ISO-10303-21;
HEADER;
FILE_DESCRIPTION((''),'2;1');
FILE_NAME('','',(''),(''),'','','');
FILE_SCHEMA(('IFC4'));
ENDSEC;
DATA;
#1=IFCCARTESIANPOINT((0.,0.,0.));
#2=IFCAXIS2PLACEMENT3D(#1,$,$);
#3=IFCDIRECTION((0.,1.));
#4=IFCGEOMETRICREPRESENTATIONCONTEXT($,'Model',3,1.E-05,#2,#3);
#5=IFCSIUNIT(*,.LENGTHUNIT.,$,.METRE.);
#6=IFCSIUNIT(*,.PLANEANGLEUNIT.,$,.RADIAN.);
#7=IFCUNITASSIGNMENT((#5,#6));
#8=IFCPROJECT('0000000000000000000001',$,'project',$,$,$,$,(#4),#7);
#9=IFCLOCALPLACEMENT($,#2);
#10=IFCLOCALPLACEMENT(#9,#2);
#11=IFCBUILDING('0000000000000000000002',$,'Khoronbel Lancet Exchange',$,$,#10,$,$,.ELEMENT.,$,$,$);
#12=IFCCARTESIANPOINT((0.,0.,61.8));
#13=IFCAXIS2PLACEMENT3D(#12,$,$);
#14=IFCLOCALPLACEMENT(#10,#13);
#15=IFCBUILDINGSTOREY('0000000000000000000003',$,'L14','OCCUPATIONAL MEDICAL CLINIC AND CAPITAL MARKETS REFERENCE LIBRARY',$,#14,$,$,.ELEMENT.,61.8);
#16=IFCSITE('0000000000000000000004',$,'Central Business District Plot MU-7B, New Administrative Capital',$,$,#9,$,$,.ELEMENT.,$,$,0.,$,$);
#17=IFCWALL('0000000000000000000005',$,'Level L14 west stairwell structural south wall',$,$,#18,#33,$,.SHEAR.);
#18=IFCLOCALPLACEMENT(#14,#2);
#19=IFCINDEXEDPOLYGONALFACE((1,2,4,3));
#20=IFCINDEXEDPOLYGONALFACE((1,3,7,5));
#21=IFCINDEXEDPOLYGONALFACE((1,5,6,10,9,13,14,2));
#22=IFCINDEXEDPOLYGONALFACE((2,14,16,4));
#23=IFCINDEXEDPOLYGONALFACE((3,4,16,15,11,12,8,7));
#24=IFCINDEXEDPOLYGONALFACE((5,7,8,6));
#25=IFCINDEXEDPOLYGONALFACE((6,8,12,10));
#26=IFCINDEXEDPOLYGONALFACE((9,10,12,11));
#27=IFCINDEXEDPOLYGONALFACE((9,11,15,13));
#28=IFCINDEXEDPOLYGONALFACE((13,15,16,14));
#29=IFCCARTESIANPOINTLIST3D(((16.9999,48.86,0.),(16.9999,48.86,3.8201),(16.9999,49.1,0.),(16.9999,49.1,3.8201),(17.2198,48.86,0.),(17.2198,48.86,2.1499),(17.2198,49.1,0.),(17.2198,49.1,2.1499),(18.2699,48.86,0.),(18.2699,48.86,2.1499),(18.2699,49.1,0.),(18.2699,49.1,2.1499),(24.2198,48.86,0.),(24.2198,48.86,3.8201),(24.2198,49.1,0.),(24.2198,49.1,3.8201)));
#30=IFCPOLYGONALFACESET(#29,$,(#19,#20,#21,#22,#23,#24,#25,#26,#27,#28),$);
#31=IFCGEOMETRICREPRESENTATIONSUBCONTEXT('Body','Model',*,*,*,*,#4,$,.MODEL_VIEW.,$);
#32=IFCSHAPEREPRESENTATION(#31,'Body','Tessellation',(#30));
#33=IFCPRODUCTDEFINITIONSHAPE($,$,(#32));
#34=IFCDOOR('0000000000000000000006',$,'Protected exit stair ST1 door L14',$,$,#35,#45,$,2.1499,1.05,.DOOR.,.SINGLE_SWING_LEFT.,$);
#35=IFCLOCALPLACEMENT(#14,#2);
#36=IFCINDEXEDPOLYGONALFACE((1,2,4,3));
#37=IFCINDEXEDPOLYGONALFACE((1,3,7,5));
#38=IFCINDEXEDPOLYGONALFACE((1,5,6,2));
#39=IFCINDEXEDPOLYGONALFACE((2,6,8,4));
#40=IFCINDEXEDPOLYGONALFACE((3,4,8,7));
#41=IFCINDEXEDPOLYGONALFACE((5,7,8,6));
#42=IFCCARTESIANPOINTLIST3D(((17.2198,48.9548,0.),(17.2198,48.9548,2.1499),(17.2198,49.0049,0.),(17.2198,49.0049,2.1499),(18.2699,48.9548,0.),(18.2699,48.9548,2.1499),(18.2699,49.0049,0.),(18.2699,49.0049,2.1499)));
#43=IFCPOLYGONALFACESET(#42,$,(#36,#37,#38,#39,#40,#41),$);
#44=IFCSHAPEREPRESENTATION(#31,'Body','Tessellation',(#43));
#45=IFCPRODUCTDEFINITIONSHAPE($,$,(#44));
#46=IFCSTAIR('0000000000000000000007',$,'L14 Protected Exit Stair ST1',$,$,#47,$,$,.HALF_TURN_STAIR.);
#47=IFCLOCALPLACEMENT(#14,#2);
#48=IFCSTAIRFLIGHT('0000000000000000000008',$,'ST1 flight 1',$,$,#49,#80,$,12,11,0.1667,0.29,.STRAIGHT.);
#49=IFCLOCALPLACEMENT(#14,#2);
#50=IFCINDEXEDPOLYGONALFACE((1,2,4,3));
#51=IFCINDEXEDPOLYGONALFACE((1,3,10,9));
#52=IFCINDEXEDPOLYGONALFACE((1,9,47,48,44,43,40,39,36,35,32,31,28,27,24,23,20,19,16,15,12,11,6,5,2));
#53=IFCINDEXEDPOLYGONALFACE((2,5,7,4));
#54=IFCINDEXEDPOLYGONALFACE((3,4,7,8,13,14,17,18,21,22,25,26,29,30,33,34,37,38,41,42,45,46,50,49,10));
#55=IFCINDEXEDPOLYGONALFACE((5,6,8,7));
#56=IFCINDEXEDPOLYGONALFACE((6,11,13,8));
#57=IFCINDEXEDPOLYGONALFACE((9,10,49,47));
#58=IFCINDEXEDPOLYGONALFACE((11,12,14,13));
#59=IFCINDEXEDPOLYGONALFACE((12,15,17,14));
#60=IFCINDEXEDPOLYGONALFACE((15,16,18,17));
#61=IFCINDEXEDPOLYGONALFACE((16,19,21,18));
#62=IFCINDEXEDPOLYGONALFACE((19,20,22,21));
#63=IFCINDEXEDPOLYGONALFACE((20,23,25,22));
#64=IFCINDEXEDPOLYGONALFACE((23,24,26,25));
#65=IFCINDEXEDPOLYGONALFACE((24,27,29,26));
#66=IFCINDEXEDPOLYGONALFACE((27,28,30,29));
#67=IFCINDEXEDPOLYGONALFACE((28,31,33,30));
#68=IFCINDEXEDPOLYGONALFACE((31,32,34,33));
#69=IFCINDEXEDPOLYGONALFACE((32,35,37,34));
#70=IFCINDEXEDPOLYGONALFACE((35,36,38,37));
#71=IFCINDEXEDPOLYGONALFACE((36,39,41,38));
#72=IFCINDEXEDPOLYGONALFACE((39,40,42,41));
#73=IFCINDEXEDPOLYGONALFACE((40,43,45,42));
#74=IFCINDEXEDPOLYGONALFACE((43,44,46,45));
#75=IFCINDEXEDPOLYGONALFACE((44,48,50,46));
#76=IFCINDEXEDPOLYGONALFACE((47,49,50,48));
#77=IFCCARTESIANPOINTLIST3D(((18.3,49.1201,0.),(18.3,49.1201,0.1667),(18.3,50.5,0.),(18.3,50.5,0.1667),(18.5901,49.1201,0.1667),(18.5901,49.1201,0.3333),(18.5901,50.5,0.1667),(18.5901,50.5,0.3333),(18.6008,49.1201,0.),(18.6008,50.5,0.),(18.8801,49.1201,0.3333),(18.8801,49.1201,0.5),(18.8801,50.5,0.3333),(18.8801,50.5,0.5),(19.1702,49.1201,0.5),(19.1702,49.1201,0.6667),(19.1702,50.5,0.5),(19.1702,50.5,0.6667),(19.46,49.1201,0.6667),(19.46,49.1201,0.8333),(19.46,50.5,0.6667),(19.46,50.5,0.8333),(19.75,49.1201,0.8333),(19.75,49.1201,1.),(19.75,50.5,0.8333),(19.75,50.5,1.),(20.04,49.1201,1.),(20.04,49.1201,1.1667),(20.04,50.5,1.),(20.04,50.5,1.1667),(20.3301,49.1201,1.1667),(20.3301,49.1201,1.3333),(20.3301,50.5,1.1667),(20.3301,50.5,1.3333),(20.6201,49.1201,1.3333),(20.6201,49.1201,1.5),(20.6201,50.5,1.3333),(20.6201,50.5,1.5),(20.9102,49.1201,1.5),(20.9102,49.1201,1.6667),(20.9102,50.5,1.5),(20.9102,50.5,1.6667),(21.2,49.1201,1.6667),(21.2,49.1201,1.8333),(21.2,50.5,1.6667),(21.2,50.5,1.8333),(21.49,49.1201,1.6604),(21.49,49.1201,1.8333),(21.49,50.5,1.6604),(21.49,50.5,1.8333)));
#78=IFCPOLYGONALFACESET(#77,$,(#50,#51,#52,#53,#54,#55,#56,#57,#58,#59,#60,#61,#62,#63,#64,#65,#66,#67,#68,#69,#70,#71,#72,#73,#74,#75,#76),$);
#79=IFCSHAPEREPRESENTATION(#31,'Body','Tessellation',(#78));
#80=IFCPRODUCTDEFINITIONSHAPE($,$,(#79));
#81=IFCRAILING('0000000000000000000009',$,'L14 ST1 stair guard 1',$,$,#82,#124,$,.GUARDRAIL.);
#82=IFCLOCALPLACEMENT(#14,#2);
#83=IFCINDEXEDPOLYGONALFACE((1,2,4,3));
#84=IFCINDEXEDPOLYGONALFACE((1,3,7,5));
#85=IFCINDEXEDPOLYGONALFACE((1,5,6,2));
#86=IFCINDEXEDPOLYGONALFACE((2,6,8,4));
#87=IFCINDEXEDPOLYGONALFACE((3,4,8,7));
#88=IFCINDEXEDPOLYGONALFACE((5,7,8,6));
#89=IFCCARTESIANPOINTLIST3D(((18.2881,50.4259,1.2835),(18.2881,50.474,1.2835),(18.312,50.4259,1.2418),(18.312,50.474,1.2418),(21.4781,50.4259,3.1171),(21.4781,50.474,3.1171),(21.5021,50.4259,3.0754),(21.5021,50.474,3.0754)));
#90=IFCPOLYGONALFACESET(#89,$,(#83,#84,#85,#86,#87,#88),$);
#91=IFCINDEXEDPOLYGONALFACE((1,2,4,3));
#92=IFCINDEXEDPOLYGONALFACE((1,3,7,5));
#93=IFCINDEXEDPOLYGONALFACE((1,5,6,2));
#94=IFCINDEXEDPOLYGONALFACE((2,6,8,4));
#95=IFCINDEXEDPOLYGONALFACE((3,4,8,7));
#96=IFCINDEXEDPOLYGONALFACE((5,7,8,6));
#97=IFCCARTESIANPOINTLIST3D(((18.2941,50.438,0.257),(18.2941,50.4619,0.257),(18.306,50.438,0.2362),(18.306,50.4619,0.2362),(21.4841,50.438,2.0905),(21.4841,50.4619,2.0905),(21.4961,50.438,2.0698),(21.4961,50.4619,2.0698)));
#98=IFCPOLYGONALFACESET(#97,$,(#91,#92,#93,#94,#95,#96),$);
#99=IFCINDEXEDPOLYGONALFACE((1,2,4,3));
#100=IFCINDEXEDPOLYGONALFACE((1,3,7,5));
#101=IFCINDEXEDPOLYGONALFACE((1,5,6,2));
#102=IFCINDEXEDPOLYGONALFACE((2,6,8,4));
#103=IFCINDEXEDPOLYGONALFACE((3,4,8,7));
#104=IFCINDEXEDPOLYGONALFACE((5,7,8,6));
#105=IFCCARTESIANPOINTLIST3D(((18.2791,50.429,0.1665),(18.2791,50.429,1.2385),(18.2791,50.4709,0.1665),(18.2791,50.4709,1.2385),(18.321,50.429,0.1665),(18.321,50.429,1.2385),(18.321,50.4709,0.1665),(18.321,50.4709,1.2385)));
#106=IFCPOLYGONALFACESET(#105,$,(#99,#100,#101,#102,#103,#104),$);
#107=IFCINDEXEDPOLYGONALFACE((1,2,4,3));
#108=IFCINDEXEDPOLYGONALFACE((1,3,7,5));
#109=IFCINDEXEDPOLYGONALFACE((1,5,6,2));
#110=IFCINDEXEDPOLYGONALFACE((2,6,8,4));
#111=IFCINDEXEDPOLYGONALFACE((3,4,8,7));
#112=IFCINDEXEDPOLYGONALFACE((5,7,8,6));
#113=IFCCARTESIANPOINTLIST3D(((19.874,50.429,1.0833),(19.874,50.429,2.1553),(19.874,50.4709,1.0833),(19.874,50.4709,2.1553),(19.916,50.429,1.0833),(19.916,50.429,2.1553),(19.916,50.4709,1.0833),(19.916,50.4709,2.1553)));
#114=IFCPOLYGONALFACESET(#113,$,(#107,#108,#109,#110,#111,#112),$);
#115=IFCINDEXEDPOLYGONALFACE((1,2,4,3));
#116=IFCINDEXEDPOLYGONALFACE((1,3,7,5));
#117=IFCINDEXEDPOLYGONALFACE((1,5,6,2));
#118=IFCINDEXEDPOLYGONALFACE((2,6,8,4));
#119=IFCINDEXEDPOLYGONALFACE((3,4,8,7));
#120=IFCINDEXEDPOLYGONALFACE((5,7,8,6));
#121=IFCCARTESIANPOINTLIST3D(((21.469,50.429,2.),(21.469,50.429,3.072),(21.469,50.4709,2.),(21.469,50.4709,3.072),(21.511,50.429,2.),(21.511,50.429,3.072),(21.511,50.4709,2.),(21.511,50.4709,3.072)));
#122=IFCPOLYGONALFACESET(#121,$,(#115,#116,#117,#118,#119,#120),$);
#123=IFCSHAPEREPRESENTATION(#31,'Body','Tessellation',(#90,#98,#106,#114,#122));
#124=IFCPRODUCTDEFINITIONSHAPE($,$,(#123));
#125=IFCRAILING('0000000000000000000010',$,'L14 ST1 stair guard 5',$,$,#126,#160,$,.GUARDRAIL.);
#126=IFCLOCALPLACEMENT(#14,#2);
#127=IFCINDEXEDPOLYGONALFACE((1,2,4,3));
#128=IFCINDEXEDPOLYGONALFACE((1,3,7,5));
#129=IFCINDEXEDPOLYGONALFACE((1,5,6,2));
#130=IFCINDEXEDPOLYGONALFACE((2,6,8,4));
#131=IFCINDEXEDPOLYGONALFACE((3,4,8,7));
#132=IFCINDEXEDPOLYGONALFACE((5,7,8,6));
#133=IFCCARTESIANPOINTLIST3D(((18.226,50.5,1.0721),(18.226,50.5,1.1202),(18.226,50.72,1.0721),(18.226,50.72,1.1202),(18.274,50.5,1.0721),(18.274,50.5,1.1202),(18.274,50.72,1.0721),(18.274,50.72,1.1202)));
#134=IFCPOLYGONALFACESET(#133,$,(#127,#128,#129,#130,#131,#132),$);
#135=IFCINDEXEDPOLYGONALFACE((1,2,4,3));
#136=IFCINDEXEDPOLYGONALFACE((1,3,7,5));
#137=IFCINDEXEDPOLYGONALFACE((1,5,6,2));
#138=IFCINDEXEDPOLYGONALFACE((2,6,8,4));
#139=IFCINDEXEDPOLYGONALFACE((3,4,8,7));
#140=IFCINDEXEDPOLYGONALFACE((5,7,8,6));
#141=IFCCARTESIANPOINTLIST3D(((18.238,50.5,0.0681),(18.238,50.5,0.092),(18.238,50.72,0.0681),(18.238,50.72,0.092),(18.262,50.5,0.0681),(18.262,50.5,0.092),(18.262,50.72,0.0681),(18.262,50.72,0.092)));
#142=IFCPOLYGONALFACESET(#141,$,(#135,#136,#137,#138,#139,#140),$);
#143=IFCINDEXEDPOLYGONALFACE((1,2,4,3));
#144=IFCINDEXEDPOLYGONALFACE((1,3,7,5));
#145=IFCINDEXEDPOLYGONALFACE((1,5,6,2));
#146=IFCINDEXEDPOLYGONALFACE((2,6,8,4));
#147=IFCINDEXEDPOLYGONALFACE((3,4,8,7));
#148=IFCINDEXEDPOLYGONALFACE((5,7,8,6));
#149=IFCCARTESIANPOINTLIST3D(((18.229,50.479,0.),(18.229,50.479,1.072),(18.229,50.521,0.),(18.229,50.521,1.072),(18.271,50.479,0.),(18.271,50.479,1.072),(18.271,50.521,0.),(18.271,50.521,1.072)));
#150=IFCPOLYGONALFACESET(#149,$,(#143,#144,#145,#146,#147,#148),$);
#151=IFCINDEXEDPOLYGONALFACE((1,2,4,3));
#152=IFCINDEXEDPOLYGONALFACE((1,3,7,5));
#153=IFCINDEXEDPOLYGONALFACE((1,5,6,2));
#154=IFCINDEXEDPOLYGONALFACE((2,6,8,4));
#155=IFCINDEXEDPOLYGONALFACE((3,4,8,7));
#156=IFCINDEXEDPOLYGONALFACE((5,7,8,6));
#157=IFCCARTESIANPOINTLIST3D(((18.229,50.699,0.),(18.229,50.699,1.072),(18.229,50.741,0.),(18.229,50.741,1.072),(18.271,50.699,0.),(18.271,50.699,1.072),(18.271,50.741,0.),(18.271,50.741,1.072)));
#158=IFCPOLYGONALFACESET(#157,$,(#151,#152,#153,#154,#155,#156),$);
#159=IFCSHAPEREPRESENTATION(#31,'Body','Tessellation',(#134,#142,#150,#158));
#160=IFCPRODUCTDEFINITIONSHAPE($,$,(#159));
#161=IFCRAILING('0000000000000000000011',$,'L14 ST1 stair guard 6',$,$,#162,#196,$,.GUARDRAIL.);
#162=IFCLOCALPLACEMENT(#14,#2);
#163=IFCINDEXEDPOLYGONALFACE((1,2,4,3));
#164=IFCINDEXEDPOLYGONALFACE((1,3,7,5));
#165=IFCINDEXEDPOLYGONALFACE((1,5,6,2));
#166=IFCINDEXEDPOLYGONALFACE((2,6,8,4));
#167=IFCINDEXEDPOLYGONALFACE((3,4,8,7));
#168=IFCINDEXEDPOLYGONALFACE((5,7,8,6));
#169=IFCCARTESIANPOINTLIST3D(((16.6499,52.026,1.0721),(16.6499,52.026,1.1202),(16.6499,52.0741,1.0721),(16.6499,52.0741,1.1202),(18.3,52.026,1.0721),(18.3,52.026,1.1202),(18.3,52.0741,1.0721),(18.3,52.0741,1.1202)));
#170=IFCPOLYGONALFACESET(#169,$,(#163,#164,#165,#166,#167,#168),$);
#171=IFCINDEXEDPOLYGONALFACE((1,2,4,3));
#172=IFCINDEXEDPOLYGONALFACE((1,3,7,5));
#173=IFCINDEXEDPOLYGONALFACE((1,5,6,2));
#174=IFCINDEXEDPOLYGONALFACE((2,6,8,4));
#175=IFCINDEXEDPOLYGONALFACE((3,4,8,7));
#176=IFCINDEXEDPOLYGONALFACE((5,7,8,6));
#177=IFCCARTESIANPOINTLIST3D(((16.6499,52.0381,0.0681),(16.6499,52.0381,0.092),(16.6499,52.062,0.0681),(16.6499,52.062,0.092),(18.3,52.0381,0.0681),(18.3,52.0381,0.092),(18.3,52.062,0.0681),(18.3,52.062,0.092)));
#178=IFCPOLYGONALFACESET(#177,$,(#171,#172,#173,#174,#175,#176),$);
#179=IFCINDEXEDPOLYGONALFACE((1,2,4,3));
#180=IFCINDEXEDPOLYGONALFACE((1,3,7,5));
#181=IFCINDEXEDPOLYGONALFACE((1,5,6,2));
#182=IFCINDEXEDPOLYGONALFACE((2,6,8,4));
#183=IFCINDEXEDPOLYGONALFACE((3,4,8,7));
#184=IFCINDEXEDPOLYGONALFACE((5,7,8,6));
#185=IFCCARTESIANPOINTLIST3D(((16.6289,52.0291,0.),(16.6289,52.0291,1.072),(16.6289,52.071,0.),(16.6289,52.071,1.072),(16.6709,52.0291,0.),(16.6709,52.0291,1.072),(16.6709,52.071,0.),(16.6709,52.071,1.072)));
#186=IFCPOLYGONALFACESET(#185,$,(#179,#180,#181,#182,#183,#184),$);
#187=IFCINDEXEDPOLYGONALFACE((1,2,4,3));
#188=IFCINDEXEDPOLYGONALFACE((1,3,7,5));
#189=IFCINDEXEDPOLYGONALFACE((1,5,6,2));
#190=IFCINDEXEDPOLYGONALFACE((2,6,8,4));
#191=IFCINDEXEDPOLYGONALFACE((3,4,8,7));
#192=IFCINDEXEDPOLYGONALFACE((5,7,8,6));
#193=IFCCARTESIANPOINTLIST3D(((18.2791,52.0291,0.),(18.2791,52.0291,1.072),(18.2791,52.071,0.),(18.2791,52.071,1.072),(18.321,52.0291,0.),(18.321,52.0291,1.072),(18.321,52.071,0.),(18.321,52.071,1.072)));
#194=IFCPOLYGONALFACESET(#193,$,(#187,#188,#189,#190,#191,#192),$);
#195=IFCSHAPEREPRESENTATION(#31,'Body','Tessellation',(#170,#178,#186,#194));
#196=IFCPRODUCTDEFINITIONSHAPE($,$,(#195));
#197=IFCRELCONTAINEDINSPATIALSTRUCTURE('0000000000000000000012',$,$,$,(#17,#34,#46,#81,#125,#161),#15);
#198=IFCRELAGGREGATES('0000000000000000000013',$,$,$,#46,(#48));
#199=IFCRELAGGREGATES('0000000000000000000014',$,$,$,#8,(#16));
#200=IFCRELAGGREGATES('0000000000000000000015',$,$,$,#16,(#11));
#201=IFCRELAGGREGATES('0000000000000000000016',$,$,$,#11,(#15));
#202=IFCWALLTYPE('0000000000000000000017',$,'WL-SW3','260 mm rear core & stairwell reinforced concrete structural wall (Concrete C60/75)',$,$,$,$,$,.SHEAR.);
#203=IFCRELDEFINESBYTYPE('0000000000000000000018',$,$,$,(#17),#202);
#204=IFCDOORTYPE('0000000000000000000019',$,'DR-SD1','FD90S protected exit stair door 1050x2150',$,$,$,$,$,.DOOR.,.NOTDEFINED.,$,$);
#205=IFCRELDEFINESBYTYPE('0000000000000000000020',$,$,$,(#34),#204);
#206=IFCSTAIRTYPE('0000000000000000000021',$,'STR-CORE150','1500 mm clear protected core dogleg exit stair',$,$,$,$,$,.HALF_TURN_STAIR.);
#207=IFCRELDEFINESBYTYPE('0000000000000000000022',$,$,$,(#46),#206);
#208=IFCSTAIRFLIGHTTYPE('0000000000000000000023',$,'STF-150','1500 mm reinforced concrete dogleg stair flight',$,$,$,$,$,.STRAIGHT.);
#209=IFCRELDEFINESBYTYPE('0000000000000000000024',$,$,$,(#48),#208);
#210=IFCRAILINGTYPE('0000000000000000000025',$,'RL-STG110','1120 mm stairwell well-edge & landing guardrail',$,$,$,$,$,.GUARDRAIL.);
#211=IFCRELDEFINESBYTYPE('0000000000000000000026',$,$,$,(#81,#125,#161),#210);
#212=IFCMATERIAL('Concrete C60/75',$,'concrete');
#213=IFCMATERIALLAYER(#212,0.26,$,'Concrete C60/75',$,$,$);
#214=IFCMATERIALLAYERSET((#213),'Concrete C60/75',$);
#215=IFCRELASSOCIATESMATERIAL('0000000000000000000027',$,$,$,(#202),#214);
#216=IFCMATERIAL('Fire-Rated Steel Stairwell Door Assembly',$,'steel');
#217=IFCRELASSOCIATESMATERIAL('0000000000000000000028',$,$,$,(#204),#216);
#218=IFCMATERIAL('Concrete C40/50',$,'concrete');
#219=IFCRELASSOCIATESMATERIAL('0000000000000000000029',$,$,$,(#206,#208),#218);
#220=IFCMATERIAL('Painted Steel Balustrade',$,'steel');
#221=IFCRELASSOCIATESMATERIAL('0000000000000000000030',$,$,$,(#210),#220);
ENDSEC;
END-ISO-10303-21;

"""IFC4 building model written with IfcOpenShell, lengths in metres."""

from ifc_helpers import new_model, si_unit, direction, frame, frame_2d, origin, origin_2d, place, context, subcontext, project, spatial, polyline, rectangle, outline, extrude, material, layer, layer_set, type_object, element, fill, aggregate, save


model = new_model("IFC4")

# Units and contexts
model_context = context("Model", 3, precision=1e-05, world=origin(), true_north=direction((0.0, 1.0)))
body_context = subcontext(model_context, "Body", "Model", "MODEL_VIEW")
ifc_project = project(units=[si_unit("LENGTHUNIT", "METRE"), si_unit("PLANEANGLEUNIT", "RADIAN")], contexts=[model_context])

# Site, building, storey
site_placement = place(None, origin())
site = spatial("IfcSite", under=ifc_project, at=site_placement, Name="Central Business District Plot MU-7B, New Administrative Capital", CompositionType="ELEMENT", RefElevation=0.0)
building_placement = place(site_placement, origin())
building = spatial("IfcBuilding", under=site, at=building_placement, Name="Khoronbel Lancet Exchange", CompositionType="ELEMENT")
storey_placement = place(building_placement, frame((0.0, 0.0, 61.8)))
storey = spatial("IfcBuildingStorey", under=building, at=storey_placement, Name="L14", Description="OCCUPATIONAL MEDICAL CLINIC AND CAPITAL MARKETS REFERENCE LIBRARY", CompositionType="ELEMENT", Elevation=61.8)

# Wall, opening, door
ifc_material_1 = material(Name="Concrete C60/75", Category="concrete")
ifc_layer_1 = layer(ifc_material_1, 0.26, Name="Concrete C60/75")
ifc_layer_set_1 = layer_set([ifc_layer_1], Name="Concrete C60/75")
wall_type_1 = type_object("IfcWallType", Name="WL-SW3", Description="260 mm rear core & stairwell reinforced concrete structural wall (Concrete C60/75)", PredefinedType="SHEAR", material=ifc_layer_set_1)
wall_1_placement = place(storey_placement, frame((17.0, 48.98, 0.0), z_axis=(0.0, 0.0, 1.0), x_axis=(1.0, 0.0, 0.0)))
wall_1 = element("IfcWall", 1, at=wall_1_placement, inside=storey, type_object=wall_type_1, Name="Level L14 west stairwell structural south wall", PredefinedType="SHEAR", context=body_context, shape_type="SweptSolid", body=[
    extrude(rectangle(XDim=7.22, YDim=0.24, at=frame_2d((3.6099, 0.0))), origin(), (0.0, 0.0, 1.0), 3.8201),
])
opening_1_placement = place(wall_1_placement, frame((0.22, 0.0, 0.0)))
opening_1 = element("IfcOpeningElement", 2, at=opening_1_placement, cuts=wall_1, PredefinedType="OPENING", context=body_context, shape_type="SweptSolid", body=[
    extrude(rectangle(XDim=1.05, YDim=2.1499, at=frame_2d((0.5249, 1.075))), frame((0.0, 0.1299, 0.0), z_axis=(0.0, -1.0, 0.0), x_axis=(1.0, 0.0, 0.0)), (0.0, 0.0, 1.0), 0.26),
])
ifc_material_2 = material(Name="Fire-Rated Steel Stairwell Door Assembly", Category="steel")
door_type_1 = type_object("IfcDoorType", Name="DR-SD1", Description="FD90S protected exit stair door 1050x2150", OperationType="NOTDEFINED", PredefinedType="DOOR", material=ifc_material_2)
door_1_placement = place(opening_1_placement, origin())
door_1 = element("IfcDoor", 3, at=door_1_placement, inside=storey, type_object=door_type_1, Name="Protected exit stair ST1 door L14", OperationType="SINGLE_SWING_LEFT", OverallHeight=2.1499, OverallWidth=1.05, PredefinedType="DOOR", context=body_context, shape_type="SweptSolid", body=[
    extrude(rectangle(XDim=1.05, YDim=2.1499, at=frame_2d((0.5249, 1.075))), frame((0.0, 0.0249, 0.0), z_axis=(0.0, -1.0, 0.0), x_axis=(1.0, 0.0, 0.0)), (0.0, 0.0, 1.0), 0.05),
])
fill(opening_1, door_1)

# Stair, stair flight
ifc_material_3 = material(Name="Concrete C40/50", Category="concrete")
stair_type = type_object("IfcStairType", Name="STR-CORE150", Description="1500 mm clear protected core dogleg exit stair", PredefinedType="HALF_TURN_STAIR", material=ifc_material_3)
stair_placement = place(storey_placement, origin())
stair = element("IfcStair", 4, at=stair_placement, inside=storey, type_object=stair_type, Name="L14 Protected Exit Stair ST1", PredefinedType="HALF_TURN_STAIR")
stair_flight_type = type_object("IfcStairFlightType", Name="STF-150", Description="1500 mm reinforced concrete dogleg stair flight", PredefinedType="STRAIGHT", material=ifc_material_3)
stair_flight_placement = place(storey_placement, frame((18.3, 49.8101, 0.0), z_axis=(0.0, 0.0, 1.0), x_axis=(1.0, 0.0, 0.0)))
stair_flight = element("IfcStairFlight", 5, at=stair_flight_placement, type_object=stair_flight_type, Name="ST1 flight 1", NumberOfRisers=12, NumberOfTreads=11, PredefinedType="STRAIGHT", RiserHeight=0.1667, TreadLength=0.29, context=body_context, shape_type="SweptSolid", body=[
    extrude(outline(polyline([(0.0, 0.0), (0.0, 0.1667), (0.29, 0.1667), (0.29, 0.3333), (0.5801, 0.3333), (0.5801, 0.5), (0.8701, 0.5), (0.8701, 0.6667), (1.1599, 0.6667), (1.1599, 0.8333), (1.45, 0.8333), (1.45, 1.0), (1.74, 1.0), (1.74, 1.1667), (2.03, 1.1667), (2.03, 1.3333), (2.3201, 1.3333), (2.3201, 1.5), (2.6101, 1.5), (2.6101, 1.6667), (2.8999, 1.6667), (2.8999, 1.8333), (3.1899, 1.8333), (3.1899, 2.0), (3.1899, 1.6604), (0.3008, 0.0), (0.0, 0.0)])), frame((0.0, 0.6899, 0.0), z_axis=(0.0, -1.0, 0.0), x_axis=(1.0, 0.0, 0.0)), (0.0, 0.0, 1.0), 1.3799),
])
aggregate(stair, [stair_flight])

# Railings
ifc_material_4 = material(Name="Painted Steel Balustrade", Category="steel")
railing_type_1 = type_object("IfcRailingType", Name="RL-STG110", Description="1120 mm stairwell well-edge & landing guardrail", PredefinedType="GUARDRAIL", material=ifc_material_4)
railing_1_placement = place(storey_placement, frame((18.3, 50.45, 0.1665)))
element("IfcRailing", 6, at=railing_1_placement, inside=storey, type_object=railing_type_1, Name="L14 ST1 stair guard 1", PredefinedType="GUARDRAIL", context=body_context, shape_type="SweptSolid", body=[
    extrude(rectangle(XDim=0.0481, YDim=0.0481, at=origin_2d()), frame((0.0, 0.0, 1.0962), z_axis=(0.866991, 0.0, 0.498324), x_axis=(0.0, 1.0, 0.0)), (0.0, 0.0, 1.0), 3.6794),
    extrude(rectangle(XDim=0.0239, YDim=0.0239, at=origin_2d()), frame((0.0, 0.0, 0.0801), z_axis=(0.866991, 0.0, 0.498324), x_axis=(0.0, 1.0, 0.0)), (0.0, 0.0, 1.0), 3.6794),
    extrude(rectangle(XDim=0.042, YDim=0.042, at=origin_2d()), origin(), (0.0, 0.0, 1.0), 1.072),
    extrude(rectangle(XDim=0.042, YDim=0.042, at=origin_2d()), frame((1.595, 0.0, 0.9167)), (0.0, 0.0, 1.0), 1.072),
    extrude(rectangle(XDim=0.042, YDim=0.042, at=origin_2d()), frame((3.1899, 0.0, 1.8335)), (0.0, 0.0, 1.0), 1.072),
])
railing_2_placement = place(storey_placement, frame((18.25, 50.5, 0.0)))
element("IfcRailing", 7, at=railing_2_placement, inside=storey, type_object=railing_type_1, Name="L14 ST1 stair guard 5", PredefinedType="GUARDRAIL", context=body_context, shape_type="SweptSolid", body=[
    extrude(rectangle(XDim=0.0481, YDim=0.0481, at=origin_2d()), frame((0.0, 0.0, 1.0962), z_axis=(0.0, 1.0, 0.0), x_axis=(-1.0, 0.0, 0.0)), (0.0, 0.0, 1.0), 0.22),
    extrude(rectangle(XDim=0.0239, YDim=0.0239, at=origin_2d()), frame((0.0, 0.0, 0.0801), z_axis=(0.0, 1.0, 0.0), x_axis=(-1.0, 0.0, 0.0)), (0.0, 0.0, 1.0), 0.22),
    extrude(rectangle(XDim=0.042, YDim=0.042, at=origin_2d()), origin(), (0.0, 0.0, 1.0), 1.072),
    extrude(rectangle(XDim=0.042, YDim=0.042, at=origin_2d()), frame((0.0, 0.22, 0.0)), (0.0, 0.0, 1.0), 1.072),
])
railing_3_placement = place(storey_placement, frame((16.6499, 52.05, 0.0)))
element("IfcRailing", 8, at=railing_3_placement, inside=storey, type_object=railing_type_1, Name="L14 ST1 stair guard 6", PredefinedType="GUARDRAIL", context=body_context, shape_type="SweptSolid", body=[
    extrude(rectangle(XDim=0.0481, YDim=0.0481, at=origin_2d()), frame((0.0, 0.0, 1.0962), z_axis=(1.0, 0.0, 0.0), x_axis=(0.0, 1.0, 0.0)), (0.0, 0.0, 1.0), 1.6501),
    extrude(rectangle(XDim=0.0239, YDim=0.0239, at=origin_2d()), frame((0.0, 0.0, 0.0801), z_axis=(1.0, 0.0, 0.0), x_axis=(0.0, 1.0, 0.0)), (0.0, 0.0, 1.0), 1.6501),
    extrude(rectangle(XDim=0.042, YDim=0.042, at=origin_2d()), origin(), (0.0, 0.0, 1.0), 1.072),
    extrude(rectangle(XDim=0.042, YDim=0.042, at=origin_2d()), frame((1.6501, 0.0, 0.0)), (0.0, 0.0, 1.0), 1.072),
])

save(model, "model.ifc")
